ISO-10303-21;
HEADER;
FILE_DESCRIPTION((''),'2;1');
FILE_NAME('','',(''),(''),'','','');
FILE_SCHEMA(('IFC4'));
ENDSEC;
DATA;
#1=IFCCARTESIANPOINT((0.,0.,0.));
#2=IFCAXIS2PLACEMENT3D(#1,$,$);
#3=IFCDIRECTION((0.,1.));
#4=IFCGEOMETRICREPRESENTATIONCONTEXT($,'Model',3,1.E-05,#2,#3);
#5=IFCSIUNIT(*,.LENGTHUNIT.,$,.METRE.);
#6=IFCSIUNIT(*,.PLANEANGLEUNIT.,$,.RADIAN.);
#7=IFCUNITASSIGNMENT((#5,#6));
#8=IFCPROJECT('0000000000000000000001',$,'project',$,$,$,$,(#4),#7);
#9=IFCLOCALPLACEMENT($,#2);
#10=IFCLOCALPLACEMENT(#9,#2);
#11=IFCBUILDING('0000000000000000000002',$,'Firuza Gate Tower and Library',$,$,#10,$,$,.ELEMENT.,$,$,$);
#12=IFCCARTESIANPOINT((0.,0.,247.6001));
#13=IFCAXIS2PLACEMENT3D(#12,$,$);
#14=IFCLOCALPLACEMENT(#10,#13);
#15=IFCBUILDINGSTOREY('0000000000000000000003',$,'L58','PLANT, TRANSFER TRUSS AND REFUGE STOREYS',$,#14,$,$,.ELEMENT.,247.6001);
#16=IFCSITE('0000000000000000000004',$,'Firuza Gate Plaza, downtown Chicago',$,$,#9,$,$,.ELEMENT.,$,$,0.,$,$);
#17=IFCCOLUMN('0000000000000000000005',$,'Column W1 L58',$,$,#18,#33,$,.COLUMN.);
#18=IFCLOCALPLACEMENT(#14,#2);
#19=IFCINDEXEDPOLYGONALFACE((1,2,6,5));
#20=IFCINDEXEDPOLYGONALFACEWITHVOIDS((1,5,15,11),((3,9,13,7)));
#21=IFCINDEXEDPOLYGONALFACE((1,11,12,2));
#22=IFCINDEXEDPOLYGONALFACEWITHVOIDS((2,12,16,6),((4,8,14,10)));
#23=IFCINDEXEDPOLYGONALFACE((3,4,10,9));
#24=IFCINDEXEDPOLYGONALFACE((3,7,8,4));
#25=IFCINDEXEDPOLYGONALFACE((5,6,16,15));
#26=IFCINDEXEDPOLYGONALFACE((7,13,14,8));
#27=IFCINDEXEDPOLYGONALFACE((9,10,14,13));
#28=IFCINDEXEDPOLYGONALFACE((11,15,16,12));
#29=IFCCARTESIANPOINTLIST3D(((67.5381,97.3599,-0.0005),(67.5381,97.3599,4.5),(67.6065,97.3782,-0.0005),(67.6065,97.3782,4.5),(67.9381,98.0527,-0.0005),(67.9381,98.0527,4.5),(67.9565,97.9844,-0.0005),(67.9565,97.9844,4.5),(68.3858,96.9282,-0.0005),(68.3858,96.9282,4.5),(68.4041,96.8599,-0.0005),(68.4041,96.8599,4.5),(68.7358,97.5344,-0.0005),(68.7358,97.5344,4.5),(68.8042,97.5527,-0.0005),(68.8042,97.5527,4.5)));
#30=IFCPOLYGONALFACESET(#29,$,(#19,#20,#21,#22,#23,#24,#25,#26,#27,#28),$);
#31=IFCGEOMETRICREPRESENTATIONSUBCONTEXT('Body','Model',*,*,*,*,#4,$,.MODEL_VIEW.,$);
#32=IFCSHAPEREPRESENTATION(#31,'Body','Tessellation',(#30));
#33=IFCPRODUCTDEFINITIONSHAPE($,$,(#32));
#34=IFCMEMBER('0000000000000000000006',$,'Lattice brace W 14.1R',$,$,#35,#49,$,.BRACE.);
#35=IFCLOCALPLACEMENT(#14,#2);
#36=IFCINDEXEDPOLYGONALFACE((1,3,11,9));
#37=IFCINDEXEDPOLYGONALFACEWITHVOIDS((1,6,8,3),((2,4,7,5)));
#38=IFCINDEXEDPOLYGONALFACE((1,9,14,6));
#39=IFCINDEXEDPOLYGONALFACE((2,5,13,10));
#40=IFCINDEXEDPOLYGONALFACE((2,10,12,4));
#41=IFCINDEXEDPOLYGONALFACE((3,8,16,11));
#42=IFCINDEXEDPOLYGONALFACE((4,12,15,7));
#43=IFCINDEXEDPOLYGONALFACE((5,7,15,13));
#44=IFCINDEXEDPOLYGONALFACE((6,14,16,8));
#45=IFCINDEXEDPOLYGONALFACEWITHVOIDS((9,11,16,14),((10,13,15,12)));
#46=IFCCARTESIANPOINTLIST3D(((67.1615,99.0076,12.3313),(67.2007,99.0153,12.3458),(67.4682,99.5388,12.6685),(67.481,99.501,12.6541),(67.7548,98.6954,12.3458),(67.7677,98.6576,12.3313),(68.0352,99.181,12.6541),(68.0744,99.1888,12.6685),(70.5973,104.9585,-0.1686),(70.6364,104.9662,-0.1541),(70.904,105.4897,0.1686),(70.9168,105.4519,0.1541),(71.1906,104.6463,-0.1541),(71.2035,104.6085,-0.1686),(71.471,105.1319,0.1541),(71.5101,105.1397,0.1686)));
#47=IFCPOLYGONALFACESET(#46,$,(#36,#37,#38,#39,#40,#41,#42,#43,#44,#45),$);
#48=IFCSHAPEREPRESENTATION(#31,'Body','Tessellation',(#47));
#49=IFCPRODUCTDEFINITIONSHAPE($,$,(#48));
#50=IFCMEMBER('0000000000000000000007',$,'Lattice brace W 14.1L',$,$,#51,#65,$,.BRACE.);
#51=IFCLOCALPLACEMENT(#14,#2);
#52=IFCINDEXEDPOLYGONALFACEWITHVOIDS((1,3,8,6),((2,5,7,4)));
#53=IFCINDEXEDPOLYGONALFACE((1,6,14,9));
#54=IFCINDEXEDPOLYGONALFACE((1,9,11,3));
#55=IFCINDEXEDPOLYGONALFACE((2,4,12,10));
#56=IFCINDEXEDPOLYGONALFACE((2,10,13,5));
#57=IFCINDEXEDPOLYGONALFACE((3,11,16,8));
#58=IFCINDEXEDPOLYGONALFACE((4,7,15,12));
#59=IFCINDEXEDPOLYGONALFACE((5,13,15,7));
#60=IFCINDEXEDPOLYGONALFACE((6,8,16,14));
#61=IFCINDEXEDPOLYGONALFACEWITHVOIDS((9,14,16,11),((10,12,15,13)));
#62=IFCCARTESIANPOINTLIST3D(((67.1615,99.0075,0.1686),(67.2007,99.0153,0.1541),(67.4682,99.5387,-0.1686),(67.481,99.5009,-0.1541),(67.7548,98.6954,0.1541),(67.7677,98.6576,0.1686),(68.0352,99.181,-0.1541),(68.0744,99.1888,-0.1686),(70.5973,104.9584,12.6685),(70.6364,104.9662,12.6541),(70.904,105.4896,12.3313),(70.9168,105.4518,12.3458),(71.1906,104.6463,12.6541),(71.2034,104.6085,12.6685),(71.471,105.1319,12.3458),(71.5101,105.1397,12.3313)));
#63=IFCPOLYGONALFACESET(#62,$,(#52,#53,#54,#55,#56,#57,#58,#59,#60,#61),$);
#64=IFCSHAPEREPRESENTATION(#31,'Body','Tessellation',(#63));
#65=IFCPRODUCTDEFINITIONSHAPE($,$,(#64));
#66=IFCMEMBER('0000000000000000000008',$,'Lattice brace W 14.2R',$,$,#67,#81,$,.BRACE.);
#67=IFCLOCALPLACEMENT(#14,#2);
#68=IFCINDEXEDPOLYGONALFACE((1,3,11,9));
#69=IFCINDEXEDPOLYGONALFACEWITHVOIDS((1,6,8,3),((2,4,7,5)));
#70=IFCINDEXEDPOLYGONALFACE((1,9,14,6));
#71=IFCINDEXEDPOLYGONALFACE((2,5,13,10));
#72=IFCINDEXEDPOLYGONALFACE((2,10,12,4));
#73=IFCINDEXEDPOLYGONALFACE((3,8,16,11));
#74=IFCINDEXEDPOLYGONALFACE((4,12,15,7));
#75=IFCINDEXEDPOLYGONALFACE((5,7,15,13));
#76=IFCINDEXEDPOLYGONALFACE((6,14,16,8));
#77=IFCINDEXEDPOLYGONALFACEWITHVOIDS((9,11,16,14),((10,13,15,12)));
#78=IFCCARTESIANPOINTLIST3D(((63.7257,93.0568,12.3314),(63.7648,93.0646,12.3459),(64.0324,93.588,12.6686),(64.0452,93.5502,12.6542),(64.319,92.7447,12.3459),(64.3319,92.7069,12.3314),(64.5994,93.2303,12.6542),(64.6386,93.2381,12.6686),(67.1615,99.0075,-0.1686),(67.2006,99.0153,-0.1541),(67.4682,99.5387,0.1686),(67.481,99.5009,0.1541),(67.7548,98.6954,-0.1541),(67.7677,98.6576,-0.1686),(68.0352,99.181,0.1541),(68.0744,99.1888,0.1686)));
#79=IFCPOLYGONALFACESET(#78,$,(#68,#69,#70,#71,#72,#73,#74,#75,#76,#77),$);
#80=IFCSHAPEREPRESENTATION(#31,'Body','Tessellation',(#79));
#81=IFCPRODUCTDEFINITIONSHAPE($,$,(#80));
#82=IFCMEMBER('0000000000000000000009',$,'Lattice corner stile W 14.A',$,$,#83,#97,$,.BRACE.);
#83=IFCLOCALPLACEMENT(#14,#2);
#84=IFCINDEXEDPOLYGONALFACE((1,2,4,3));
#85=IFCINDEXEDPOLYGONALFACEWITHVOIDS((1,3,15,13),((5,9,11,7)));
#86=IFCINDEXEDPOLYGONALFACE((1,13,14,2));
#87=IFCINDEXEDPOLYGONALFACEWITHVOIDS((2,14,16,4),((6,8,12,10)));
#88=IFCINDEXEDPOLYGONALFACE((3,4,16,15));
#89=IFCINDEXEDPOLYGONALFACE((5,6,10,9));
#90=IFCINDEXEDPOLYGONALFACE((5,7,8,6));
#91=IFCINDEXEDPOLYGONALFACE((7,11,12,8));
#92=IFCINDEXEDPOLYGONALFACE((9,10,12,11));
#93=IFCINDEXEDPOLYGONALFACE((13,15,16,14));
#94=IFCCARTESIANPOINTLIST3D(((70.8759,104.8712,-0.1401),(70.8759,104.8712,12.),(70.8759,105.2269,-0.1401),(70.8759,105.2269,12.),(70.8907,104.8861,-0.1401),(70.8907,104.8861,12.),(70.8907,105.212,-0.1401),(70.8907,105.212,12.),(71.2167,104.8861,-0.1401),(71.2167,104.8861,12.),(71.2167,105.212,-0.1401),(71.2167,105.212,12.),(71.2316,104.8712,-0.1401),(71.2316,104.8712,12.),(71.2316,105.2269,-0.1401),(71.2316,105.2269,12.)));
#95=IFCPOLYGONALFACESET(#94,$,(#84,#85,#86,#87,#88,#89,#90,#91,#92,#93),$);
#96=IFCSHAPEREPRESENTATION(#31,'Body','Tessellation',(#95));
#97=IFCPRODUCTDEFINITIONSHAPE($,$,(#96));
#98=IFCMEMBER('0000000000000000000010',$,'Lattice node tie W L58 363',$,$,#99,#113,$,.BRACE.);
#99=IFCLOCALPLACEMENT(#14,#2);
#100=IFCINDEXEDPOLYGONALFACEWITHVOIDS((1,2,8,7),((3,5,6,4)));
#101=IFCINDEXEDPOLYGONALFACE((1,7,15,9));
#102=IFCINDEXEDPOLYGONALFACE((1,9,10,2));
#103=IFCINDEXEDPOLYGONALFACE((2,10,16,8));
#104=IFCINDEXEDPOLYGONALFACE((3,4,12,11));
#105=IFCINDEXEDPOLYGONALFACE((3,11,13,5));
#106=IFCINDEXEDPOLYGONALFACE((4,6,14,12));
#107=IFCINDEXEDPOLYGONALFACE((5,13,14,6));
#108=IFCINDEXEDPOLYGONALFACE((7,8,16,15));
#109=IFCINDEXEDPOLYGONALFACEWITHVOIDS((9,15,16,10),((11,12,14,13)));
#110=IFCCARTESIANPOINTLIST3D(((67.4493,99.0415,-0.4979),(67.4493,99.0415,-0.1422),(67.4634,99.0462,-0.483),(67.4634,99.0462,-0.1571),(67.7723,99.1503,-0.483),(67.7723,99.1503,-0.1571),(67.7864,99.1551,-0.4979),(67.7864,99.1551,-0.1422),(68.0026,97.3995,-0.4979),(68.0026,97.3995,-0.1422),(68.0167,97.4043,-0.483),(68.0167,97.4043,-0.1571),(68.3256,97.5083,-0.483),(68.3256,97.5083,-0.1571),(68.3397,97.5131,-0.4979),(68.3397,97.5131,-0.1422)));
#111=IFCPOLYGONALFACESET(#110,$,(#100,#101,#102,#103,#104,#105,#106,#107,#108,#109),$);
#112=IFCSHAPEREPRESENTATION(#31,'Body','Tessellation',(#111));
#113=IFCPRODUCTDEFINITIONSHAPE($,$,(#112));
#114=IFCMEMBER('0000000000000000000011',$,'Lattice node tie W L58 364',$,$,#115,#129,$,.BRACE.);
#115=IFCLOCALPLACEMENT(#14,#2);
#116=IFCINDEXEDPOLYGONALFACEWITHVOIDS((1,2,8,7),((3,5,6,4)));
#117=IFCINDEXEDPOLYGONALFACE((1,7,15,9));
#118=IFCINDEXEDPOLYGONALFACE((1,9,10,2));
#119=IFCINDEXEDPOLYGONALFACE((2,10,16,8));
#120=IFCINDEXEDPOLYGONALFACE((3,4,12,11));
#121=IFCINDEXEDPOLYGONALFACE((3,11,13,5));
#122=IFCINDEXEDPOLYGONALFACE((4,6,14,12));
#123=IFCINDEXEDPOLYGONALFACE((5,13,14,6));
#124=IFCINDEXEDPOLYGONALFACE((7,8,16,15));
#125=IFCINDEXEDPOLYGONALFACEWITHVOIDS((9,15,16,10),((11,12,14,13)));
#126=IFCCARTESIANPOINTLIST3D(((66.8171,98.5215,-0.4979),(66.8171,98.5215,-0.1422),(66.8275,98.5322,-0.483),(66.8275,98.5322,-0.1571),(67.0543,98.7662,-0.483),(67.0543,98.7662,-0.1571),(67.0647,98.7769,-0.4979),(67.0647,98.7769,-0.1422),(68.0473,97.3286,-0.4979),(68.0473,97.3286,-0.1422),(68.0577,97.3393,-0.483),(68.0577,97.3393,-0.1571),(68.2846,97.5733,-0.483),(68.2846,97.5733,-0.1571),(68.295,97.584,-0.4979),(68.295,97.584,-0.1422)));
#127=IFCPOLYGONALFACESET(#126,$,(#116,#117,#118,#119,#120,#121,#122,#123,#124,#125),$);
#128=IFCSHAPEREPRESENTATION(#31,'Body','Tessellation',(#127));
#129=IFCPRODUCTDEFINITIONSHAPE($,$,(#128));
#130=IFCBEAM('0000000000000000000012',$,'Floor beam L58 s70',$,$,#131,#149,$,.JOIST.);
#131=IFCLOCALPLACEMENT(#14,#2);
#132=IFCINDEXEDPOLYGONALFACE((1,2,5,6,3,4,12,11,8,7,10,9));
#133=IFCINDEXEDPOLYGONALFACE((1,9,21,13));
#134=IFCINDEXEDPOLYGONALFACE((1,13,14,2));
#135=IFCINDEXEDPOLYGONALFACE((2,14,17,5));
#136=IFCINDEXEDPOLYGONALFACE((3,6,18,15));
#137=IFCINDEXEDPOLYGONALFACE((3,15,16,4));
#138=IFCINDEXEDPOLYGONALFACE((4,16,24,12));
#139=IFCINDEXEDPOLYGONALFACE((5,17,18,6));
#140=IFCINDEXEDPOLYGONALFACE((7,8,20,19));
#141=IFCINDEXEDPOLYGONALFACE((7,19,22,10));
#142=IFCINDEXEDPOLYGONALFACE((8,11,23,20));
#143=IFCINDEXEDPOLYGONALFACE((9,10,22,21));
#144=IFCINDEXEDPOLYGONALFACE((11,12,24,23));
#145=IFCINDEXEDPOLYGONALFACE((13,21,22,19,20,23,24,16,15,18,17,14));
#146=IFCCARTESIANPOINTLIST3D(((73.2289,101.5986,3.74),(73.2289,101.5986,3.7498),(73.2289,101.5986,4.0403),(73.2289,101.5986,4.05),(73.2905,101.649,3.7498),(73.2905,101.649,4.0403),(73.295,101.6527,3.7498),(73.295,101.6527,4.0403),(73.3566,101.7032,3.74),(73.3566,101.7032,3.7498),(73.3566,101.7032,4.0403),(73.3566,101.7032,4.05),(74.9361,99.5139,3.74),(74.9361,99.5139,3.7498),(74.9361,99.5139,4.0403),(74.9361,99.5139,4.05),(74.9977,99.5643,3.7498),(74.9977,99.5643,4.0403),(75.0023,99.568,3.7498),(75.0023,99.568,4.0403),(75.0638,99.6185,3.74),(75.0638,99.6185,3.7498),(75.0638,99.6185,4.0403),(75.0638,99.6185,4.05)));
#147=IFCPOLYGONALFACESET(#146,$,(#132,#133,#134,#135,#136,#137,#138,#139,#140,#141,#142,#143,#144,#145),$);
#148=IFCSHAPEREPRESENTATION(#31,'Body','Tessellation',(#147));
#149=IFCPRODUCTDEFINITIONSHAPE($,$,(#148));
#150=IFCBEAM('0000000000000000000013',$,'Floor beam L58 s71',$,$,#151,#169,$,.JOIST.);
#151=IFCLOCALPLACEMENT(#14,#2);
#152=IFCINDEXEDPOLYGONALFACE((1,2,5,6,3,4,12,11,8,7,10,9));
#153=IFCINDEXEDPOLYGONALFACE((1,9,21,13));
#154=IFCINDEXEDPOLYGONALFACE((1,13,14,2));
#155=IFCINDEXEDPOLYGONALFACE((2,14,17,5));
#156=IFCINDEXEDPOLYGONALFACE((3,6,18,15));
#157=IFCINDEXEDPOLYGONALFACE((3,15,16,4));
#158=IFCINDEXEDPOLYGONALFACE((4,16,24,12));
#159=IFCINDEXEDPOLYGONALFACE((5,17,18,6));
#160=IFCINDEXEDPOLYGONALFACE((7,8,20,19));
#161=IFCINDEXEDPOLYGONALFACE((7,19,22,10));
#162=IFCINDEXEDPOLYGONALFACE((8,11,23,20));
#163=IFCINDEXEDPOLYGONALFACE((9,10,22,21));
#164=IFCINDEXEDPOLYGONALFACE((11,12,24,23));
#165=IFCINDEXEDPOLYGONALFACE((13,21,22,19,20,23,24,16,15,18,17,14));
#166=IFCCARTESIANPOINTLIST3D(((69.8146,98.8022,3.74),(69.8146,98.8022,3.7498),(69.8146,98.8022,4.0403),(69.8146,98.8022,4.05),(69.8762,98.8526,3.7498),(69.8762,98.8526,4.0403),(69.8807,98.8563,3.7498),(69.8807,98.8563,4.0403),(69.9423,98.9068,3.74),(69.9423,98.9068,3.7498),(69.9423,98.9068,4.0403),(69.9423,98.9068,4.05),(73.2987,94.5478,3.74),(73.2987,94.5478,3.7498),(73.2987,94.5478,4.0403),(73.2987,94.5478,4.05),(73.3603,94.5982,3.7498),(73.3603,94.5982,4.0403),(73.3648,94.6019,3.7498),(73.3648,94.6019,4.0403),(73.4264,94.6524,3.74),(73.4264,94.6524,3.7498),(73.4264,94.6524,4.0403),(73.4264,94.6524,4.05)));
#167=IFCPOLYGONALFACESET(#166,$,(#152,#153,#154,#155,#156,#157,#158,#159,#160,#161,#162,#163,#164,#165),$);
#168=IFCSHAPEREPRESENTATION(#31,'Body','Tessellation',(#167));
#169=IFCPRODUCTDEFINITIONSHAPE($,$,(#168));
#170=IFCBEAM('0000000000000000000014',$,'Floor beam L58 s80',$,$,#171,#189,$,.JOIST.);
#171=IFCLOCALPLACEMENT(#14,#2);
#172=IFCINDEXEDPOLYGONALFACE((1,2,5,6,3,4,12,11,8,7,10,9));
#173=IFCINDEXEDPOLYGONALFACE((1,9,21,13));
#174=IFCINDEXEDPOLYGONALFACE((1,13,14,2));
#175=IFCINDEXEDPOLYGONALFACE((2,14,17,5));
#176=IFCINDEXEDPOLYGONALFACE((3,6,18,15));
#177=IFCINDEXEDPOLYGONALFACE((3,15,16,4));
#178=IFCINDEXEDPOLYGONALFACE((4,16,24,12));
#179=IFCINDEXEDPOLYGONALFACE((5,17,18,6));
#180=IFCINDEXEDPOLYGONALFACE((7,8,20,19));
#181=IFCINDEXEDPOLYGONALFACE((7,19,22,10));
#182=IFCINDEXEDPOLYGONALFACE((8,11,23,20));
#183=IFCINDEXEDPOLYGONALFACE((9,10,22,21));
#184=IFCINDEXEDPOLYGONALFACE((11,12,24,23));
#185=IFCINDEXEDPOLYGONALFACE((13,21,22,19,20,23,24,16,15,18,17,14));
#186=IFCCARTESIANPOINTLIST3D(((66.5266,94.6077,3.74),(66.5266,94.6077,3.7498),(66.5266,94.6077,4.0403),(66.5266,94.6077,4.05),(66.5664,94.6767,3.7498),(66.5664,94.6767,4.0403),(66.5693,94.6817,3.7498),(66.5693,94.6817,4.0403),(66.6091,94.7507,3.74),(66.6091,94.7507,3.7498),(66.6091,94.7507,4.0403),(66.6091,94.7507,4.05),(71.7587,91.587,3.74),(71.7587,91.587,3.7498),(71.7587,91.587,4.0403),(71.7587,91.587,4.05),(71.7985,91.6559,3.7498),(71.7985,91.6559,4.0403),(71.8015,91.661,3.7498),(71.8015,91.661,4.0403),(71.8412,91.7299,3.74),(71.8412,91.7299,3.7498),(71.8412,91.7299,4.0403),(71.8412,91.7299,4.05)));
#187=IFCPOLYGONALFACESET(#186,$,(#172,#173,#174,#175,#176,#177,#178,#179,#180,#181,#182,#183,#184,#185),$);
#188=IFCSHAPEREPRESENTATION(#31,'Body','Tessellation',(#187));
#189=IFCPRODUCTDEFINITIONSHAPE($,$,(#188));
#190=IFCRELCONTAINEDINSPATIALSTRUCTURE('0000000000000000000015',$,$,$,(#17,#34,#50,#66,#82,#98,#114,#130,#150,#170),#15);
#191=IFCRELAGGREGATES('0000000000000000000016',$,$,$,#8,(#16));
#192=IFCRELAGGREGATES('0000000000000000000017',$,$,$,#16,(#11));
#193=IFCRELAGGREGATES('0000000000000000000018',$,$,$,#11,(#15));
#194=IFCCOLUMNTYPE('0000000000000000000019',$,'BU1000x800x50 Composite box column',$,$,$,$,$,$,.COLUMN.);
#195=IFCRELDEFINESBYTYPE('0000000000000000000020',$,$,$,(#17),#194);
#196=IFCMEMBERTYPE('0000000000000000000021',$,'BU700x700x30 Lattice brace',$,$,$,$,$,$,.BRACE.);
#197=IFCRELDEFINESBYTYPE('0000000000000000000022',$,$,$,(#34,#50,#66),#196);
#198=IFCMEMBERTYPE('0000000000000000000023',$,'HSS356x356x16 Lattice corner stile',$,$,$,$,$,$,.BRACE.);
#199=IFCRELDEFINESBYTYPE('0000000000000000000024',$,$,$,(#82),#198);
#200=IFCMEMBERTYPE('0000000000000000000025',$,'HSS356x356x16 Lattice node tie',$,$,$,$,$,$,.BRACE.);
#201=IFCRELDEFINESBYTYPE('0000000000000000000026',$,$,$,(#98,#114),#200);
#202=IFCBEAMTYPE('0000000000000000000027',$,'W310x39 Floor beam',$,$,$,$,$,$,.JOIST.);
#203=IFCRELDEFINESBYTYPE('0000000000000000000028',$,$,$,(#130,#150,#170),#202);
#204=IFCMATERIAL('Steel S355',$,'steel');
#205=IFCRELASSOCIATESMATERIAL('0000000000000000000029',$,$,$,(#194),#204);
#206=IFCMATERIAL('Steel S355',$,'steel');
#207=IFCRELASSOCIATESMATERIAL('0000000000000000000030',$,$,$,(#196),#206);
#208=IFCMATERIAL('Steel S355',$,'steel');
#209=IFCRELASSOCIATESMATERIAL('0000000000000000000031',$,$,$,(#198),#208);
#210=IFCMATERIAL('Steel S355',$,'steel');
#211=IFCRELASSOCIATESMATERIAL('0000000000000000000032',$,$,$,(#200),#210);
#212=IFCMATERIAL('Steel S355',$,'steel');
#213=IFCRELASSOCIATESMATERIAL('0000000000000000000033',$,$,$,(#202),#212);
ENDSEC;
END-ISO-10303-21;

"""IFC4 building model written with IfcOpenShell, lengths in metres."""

from ifc_helpers import new_model, si_unit, direction, frame, origin, origin_2d, place, context, subcontext, project, spatial, hollow_rectangle, i_section, extrude, material, material_profile, profile_set, type_object, element, save


model = new_model("IFC4")

# Units and contexts
model_context = context("Model", 3, precision=1e-05, world=origin(), true_north=direction((0.0, 1.0)))
body_context = subcontext(model_context, "Body", "Model", "MODEL_VIEW")
ifc_project = project(units=[si_unit("LENGTHUNIT", "METRE"), si_unit("PLANEANGLEUNIT", "RADIAN")], contexts=[model_context])

# Site, building, storey
site_placement = place(None, origin())
site = spatial("IfcSite", under=ifc_project, at=site_placement, Name="Firuza Gate Plaza, downtown Chicago", CompositionType="ELEMENT", RefElevation=0.0)
building_placement = place(site_placement, origin())
building = spatial("IfcBuilding", under=site, at=building_placement, Name="Firuza Gate Tower and Library", CompositionType="ELEMENT")
storey_placement = place(building_placement, frame((0.0, 0.0, 247.6001)))
storey = spatial("IfcBuildingStorey", under=building, at=storey_placement, Name="L58", Description="PLANT, TRANSFER TRUSS AND REFUGE STOREYS", CompositionType="ELEMENT", Elevation=247.6001)

# Column
ifc_material_1 = material(Name="Steel S355", Category="steel")
ifc_material_profile_1 = material_profile(ifc_material_1, hollow_rectangle(XDim=0.8, YDim=1.0, WallThickness=0.05, at=origin_2d()))
ifc_profile_set_1 = profile_set([ifc_material_profile_1], Name="Steel S355")
column_type = type_object("IfcColumnType", Name="BU1000x800x50 Composite box column", PredefinedType="COLUMN", material=ifc_profile_set_1)
column_placement = place(storey_placement, frame((68.1711, 97.4563, -0.0005), z_axis=(0.0, 0.0, 1.0), x_axis=(-0.5, -0.866025, 0.0)))
element("IfcColumn", 1, at=column_placement, inside=storey, type_object=column_type, Name="Column W1 L58", PredefinedType="COLUMN", context=body_context, shape_type="SweptSolid", body=[
    extrude(hollow_rectangle(XDim=0.8, YDim=1.0, WallThickness=0.05, at=origin_2d()), origin(), (0.0, 0.0, 1.0), 4.5005),
])

# Members
ifc_material_2 = material(Name="Steel S355", Category="steel")
ifc_material_profile_2 = material_profile(ifc_material_2, hollow_rectangle(XDim=0.7, YDim=0.7, WallThickness=0.03, at=origin_2d()))
ifc_profile_set_2 = profile_set([ifc_material_profile_2], Name="Steel S355")
member_type_1 = type_object("IfcMemberType", Name="BU700x700x30 Lattice brace", PredefinedType="BRACE", material=ifc_profile_set_2)
for number, where, z_axis, x_axis, name in (
    (2, (71.0537, 105.0491, 0.0), (-0.240868, -0.417192, 0.876318), (0.866024, -0.500002, 0.0), "Lattice brace W 14.1R"),
    (3, (67.6179, 99.0981, 0.0), (0.240868, 0.417192, 0.876318), (-0.866024, 0.500002, 0.0), "Lattice brace W 14.1L"),
    (4, (67.6179, 99.0981, 0.0), (-0.240869, -0.417178, 0.876324), (0.866015, -0.500018, 0.0), "Lattice brace W 14.2R"),
):
    element("IfcMember", number, at=place(storey_placement, frame(where, z_axis=z_axis, x_axis=x_axis)), inside=storey, type_object=member_type_1, Name=name, PredefinedType="BRACE", context=body_context, shape_type="SweptSolid", body=[
        extrude(hollow_rectangle(XDim=0.7, YDim=0.7, WallThickness=0.03, at=origin_2d()), origin(), (0.0, 0.0, 1.0), 14.2642),
    ])
ifc_material_3 = material(Name="Steel S355", Category="steel")
ifc_material_profile_3 = material_profile(ifc_material_3, hollow_rectangle(XDim=0.3557, YDim=0.3557, WallThickness=0.0149, at=origin_2d()))
ifc_profile_set_3 = profile_set([ifc_material_profile_3], Name="Steel S355")
member_type_2 = type_object("IfcMemberType", Name="HSS356x356x16 Lattice corner stile", PredefinedType="BRACE", material=ifc_profile_set_3)
member_1_placement = place(storey_placement, frame((71.0537, 105.0491, -0.1401), z_axis=(0.0, 0.0, 1.0), x_axis=(1.0, 0.0, 0.0)))
element("IfcMember", 5, at=member_1_placement, inside=storey, type_object=member_type_2, Name="Lattice corner stile W 14.A", PredefinedType="BRACE", context=body_context, shape_type="SweptSolid", body=[
    extrude(hollow_rectangle(XDim=0.3557, YDim=0.3557, WallThickness=0.0149, at=origin_2d()), origin(), (0.0, 0.0, 1.0), 12.1401),
])
ifc_material_4 = material(Name="Steel S355", Category="steel")
ifc_material_profile_4 = material_profile(ifc_material_4, hollow_rectangle(XDim=0.3557, YDim=0.3557, WallThickness=0.0149, at=origin_2d()))
ifc_profile_set_4 = profile_set([ifc_material_profile_4], Name="Steel S355")
member_type_3 = type_object("IfcMemberType", Name="HSS356x356x16 Lattice node tie", PredefinedType="BRACE", material=ifc_profile_set_4)
member_2_placement = place(storey_placement, frame((68.1711, 97.4563, -0.3201), z_axis=(-0.319312, 0.94765, 0.0), x_axis=(-0.94765, -0.319312, 0.0)))
element("IfcMember", 6, at=member_2_placement, inside=storey, type_object=member_type_3, Name="Lattice node tie W L58 363", PredefinedType="BRACE", context=body_context, shape_type="SweptSolid", body=[
    extrude(hollow_rectangle(XDim=0.3557, YDim=0.3557, WallThickness=0.0149, at=origin_2d()), origin(), (0.0, 0.0, 1.0), 1.7327),
])
member_3_placement = place(storey_placement, frame((68.1711, 97.4563, -0.3201), z_axis=(-0.717922, 0.696124, 0.0), x_axis=(-0.696124, -0.717922, 0.0)))
element("IfcMember", 7, at=member_3_placement, inside=storey, type_object=member_type_3, Name="Lattice node tie W L58 364", PredefinedType="BRACE", context=body_context, shape_type="SweptSolid", body=[
    extrude(hollow_rectangle(XDim=0.3557, YDim=0.3557, WallThickness=0.0149, at=origin_2d()), origin(), (0.0, 0.0, 1.0), 1.7136),
])

# Beams
ifc_material_5 = material(Name="Steel S355", Category="steel")
ifc_material_profile_5 = material_profile(ifc_material_5, i_section(OverallWidth=0.165, OverallDepth=0.3101, WebThickness=0.0059, FlangeThickness=0.0098, at=origin_2d()))
ifc_profile_set_5 = profile_set([ifc_material_profile_5], Name="Steel S355")
beam_type_1 = type_object("IfcBeamType", Name="W310x39 Floor beam", PredefinedType="JOIST", material=ifc_profile_set_5)
beam_1_placement = place(storey_placement, frame((73.2927, 101.6509, 3.895), z_axis=(0.633593, -0.773667, 0.0), x_axis=(0.773667, 0.633593, 0.0)))
element("IfcBeam", 8, at=beam_1_placement, inside=storey, type_object=beam_type_1, Name="Floor beam L58 s70", PredefinedType="JOIST", context=body_context, shape_type="SweptSolid", body=[
    extrude(i_section(OverallWidth=0.165, OverallDepth=0.3101, WebThickness=0.0059, FlangeThickness=0.0098, at=origin_2d()), origin(), (0.0, 0.0, 1.0), 2.6946),
])
beam_2_placement = place(storey_placement, frame((69.8784, 98.8545, 3.895), z_axis=(0.633593, -0.773666, 0.0), x_axis=(0.773666, 0.633593, 0.0)))
element("IfcBeam", 9, at=beam_2_placement, inside=storey, type_object=beam_type_1, Name="Floor beam L58 s71", PredefinedType="JOIST", context=body_context, shape_type="SweptSolid", body=[
    extrude(i_section(OverallWidth=0.165, OverallDepth=0.3101, WebThickness=0.0059, FlangeThickness=0.0098, at=origin_2d()), origin(), (0.0, 0.0, 1.0), 5.499),
])
beam_3_placement = place(storey_placement, frame((66.5679, 94.6792, 3.895), z_axis=(0.866029, -0.499994, 0.0), x_axis=(0.499994, 0.866029, 0.0)))
element("IfcBeam", 10, at=beam_3_placement, inside=storey, type_object=beam_type_1, Name="Floor beam L58 s80", PredefinedType="JOIST", context=body_context, shape_type="SweptSolid", body=[
    extrude(i_section(OverallWidth=0.165, OverallDepth=0.3101, WebThickness=0.0059, FlangeThickness=0.0098, at=origin_2d()), origin(), (0.0, 0.0, 1.0), 6.0415),
])

save(model, "model.ifc")
